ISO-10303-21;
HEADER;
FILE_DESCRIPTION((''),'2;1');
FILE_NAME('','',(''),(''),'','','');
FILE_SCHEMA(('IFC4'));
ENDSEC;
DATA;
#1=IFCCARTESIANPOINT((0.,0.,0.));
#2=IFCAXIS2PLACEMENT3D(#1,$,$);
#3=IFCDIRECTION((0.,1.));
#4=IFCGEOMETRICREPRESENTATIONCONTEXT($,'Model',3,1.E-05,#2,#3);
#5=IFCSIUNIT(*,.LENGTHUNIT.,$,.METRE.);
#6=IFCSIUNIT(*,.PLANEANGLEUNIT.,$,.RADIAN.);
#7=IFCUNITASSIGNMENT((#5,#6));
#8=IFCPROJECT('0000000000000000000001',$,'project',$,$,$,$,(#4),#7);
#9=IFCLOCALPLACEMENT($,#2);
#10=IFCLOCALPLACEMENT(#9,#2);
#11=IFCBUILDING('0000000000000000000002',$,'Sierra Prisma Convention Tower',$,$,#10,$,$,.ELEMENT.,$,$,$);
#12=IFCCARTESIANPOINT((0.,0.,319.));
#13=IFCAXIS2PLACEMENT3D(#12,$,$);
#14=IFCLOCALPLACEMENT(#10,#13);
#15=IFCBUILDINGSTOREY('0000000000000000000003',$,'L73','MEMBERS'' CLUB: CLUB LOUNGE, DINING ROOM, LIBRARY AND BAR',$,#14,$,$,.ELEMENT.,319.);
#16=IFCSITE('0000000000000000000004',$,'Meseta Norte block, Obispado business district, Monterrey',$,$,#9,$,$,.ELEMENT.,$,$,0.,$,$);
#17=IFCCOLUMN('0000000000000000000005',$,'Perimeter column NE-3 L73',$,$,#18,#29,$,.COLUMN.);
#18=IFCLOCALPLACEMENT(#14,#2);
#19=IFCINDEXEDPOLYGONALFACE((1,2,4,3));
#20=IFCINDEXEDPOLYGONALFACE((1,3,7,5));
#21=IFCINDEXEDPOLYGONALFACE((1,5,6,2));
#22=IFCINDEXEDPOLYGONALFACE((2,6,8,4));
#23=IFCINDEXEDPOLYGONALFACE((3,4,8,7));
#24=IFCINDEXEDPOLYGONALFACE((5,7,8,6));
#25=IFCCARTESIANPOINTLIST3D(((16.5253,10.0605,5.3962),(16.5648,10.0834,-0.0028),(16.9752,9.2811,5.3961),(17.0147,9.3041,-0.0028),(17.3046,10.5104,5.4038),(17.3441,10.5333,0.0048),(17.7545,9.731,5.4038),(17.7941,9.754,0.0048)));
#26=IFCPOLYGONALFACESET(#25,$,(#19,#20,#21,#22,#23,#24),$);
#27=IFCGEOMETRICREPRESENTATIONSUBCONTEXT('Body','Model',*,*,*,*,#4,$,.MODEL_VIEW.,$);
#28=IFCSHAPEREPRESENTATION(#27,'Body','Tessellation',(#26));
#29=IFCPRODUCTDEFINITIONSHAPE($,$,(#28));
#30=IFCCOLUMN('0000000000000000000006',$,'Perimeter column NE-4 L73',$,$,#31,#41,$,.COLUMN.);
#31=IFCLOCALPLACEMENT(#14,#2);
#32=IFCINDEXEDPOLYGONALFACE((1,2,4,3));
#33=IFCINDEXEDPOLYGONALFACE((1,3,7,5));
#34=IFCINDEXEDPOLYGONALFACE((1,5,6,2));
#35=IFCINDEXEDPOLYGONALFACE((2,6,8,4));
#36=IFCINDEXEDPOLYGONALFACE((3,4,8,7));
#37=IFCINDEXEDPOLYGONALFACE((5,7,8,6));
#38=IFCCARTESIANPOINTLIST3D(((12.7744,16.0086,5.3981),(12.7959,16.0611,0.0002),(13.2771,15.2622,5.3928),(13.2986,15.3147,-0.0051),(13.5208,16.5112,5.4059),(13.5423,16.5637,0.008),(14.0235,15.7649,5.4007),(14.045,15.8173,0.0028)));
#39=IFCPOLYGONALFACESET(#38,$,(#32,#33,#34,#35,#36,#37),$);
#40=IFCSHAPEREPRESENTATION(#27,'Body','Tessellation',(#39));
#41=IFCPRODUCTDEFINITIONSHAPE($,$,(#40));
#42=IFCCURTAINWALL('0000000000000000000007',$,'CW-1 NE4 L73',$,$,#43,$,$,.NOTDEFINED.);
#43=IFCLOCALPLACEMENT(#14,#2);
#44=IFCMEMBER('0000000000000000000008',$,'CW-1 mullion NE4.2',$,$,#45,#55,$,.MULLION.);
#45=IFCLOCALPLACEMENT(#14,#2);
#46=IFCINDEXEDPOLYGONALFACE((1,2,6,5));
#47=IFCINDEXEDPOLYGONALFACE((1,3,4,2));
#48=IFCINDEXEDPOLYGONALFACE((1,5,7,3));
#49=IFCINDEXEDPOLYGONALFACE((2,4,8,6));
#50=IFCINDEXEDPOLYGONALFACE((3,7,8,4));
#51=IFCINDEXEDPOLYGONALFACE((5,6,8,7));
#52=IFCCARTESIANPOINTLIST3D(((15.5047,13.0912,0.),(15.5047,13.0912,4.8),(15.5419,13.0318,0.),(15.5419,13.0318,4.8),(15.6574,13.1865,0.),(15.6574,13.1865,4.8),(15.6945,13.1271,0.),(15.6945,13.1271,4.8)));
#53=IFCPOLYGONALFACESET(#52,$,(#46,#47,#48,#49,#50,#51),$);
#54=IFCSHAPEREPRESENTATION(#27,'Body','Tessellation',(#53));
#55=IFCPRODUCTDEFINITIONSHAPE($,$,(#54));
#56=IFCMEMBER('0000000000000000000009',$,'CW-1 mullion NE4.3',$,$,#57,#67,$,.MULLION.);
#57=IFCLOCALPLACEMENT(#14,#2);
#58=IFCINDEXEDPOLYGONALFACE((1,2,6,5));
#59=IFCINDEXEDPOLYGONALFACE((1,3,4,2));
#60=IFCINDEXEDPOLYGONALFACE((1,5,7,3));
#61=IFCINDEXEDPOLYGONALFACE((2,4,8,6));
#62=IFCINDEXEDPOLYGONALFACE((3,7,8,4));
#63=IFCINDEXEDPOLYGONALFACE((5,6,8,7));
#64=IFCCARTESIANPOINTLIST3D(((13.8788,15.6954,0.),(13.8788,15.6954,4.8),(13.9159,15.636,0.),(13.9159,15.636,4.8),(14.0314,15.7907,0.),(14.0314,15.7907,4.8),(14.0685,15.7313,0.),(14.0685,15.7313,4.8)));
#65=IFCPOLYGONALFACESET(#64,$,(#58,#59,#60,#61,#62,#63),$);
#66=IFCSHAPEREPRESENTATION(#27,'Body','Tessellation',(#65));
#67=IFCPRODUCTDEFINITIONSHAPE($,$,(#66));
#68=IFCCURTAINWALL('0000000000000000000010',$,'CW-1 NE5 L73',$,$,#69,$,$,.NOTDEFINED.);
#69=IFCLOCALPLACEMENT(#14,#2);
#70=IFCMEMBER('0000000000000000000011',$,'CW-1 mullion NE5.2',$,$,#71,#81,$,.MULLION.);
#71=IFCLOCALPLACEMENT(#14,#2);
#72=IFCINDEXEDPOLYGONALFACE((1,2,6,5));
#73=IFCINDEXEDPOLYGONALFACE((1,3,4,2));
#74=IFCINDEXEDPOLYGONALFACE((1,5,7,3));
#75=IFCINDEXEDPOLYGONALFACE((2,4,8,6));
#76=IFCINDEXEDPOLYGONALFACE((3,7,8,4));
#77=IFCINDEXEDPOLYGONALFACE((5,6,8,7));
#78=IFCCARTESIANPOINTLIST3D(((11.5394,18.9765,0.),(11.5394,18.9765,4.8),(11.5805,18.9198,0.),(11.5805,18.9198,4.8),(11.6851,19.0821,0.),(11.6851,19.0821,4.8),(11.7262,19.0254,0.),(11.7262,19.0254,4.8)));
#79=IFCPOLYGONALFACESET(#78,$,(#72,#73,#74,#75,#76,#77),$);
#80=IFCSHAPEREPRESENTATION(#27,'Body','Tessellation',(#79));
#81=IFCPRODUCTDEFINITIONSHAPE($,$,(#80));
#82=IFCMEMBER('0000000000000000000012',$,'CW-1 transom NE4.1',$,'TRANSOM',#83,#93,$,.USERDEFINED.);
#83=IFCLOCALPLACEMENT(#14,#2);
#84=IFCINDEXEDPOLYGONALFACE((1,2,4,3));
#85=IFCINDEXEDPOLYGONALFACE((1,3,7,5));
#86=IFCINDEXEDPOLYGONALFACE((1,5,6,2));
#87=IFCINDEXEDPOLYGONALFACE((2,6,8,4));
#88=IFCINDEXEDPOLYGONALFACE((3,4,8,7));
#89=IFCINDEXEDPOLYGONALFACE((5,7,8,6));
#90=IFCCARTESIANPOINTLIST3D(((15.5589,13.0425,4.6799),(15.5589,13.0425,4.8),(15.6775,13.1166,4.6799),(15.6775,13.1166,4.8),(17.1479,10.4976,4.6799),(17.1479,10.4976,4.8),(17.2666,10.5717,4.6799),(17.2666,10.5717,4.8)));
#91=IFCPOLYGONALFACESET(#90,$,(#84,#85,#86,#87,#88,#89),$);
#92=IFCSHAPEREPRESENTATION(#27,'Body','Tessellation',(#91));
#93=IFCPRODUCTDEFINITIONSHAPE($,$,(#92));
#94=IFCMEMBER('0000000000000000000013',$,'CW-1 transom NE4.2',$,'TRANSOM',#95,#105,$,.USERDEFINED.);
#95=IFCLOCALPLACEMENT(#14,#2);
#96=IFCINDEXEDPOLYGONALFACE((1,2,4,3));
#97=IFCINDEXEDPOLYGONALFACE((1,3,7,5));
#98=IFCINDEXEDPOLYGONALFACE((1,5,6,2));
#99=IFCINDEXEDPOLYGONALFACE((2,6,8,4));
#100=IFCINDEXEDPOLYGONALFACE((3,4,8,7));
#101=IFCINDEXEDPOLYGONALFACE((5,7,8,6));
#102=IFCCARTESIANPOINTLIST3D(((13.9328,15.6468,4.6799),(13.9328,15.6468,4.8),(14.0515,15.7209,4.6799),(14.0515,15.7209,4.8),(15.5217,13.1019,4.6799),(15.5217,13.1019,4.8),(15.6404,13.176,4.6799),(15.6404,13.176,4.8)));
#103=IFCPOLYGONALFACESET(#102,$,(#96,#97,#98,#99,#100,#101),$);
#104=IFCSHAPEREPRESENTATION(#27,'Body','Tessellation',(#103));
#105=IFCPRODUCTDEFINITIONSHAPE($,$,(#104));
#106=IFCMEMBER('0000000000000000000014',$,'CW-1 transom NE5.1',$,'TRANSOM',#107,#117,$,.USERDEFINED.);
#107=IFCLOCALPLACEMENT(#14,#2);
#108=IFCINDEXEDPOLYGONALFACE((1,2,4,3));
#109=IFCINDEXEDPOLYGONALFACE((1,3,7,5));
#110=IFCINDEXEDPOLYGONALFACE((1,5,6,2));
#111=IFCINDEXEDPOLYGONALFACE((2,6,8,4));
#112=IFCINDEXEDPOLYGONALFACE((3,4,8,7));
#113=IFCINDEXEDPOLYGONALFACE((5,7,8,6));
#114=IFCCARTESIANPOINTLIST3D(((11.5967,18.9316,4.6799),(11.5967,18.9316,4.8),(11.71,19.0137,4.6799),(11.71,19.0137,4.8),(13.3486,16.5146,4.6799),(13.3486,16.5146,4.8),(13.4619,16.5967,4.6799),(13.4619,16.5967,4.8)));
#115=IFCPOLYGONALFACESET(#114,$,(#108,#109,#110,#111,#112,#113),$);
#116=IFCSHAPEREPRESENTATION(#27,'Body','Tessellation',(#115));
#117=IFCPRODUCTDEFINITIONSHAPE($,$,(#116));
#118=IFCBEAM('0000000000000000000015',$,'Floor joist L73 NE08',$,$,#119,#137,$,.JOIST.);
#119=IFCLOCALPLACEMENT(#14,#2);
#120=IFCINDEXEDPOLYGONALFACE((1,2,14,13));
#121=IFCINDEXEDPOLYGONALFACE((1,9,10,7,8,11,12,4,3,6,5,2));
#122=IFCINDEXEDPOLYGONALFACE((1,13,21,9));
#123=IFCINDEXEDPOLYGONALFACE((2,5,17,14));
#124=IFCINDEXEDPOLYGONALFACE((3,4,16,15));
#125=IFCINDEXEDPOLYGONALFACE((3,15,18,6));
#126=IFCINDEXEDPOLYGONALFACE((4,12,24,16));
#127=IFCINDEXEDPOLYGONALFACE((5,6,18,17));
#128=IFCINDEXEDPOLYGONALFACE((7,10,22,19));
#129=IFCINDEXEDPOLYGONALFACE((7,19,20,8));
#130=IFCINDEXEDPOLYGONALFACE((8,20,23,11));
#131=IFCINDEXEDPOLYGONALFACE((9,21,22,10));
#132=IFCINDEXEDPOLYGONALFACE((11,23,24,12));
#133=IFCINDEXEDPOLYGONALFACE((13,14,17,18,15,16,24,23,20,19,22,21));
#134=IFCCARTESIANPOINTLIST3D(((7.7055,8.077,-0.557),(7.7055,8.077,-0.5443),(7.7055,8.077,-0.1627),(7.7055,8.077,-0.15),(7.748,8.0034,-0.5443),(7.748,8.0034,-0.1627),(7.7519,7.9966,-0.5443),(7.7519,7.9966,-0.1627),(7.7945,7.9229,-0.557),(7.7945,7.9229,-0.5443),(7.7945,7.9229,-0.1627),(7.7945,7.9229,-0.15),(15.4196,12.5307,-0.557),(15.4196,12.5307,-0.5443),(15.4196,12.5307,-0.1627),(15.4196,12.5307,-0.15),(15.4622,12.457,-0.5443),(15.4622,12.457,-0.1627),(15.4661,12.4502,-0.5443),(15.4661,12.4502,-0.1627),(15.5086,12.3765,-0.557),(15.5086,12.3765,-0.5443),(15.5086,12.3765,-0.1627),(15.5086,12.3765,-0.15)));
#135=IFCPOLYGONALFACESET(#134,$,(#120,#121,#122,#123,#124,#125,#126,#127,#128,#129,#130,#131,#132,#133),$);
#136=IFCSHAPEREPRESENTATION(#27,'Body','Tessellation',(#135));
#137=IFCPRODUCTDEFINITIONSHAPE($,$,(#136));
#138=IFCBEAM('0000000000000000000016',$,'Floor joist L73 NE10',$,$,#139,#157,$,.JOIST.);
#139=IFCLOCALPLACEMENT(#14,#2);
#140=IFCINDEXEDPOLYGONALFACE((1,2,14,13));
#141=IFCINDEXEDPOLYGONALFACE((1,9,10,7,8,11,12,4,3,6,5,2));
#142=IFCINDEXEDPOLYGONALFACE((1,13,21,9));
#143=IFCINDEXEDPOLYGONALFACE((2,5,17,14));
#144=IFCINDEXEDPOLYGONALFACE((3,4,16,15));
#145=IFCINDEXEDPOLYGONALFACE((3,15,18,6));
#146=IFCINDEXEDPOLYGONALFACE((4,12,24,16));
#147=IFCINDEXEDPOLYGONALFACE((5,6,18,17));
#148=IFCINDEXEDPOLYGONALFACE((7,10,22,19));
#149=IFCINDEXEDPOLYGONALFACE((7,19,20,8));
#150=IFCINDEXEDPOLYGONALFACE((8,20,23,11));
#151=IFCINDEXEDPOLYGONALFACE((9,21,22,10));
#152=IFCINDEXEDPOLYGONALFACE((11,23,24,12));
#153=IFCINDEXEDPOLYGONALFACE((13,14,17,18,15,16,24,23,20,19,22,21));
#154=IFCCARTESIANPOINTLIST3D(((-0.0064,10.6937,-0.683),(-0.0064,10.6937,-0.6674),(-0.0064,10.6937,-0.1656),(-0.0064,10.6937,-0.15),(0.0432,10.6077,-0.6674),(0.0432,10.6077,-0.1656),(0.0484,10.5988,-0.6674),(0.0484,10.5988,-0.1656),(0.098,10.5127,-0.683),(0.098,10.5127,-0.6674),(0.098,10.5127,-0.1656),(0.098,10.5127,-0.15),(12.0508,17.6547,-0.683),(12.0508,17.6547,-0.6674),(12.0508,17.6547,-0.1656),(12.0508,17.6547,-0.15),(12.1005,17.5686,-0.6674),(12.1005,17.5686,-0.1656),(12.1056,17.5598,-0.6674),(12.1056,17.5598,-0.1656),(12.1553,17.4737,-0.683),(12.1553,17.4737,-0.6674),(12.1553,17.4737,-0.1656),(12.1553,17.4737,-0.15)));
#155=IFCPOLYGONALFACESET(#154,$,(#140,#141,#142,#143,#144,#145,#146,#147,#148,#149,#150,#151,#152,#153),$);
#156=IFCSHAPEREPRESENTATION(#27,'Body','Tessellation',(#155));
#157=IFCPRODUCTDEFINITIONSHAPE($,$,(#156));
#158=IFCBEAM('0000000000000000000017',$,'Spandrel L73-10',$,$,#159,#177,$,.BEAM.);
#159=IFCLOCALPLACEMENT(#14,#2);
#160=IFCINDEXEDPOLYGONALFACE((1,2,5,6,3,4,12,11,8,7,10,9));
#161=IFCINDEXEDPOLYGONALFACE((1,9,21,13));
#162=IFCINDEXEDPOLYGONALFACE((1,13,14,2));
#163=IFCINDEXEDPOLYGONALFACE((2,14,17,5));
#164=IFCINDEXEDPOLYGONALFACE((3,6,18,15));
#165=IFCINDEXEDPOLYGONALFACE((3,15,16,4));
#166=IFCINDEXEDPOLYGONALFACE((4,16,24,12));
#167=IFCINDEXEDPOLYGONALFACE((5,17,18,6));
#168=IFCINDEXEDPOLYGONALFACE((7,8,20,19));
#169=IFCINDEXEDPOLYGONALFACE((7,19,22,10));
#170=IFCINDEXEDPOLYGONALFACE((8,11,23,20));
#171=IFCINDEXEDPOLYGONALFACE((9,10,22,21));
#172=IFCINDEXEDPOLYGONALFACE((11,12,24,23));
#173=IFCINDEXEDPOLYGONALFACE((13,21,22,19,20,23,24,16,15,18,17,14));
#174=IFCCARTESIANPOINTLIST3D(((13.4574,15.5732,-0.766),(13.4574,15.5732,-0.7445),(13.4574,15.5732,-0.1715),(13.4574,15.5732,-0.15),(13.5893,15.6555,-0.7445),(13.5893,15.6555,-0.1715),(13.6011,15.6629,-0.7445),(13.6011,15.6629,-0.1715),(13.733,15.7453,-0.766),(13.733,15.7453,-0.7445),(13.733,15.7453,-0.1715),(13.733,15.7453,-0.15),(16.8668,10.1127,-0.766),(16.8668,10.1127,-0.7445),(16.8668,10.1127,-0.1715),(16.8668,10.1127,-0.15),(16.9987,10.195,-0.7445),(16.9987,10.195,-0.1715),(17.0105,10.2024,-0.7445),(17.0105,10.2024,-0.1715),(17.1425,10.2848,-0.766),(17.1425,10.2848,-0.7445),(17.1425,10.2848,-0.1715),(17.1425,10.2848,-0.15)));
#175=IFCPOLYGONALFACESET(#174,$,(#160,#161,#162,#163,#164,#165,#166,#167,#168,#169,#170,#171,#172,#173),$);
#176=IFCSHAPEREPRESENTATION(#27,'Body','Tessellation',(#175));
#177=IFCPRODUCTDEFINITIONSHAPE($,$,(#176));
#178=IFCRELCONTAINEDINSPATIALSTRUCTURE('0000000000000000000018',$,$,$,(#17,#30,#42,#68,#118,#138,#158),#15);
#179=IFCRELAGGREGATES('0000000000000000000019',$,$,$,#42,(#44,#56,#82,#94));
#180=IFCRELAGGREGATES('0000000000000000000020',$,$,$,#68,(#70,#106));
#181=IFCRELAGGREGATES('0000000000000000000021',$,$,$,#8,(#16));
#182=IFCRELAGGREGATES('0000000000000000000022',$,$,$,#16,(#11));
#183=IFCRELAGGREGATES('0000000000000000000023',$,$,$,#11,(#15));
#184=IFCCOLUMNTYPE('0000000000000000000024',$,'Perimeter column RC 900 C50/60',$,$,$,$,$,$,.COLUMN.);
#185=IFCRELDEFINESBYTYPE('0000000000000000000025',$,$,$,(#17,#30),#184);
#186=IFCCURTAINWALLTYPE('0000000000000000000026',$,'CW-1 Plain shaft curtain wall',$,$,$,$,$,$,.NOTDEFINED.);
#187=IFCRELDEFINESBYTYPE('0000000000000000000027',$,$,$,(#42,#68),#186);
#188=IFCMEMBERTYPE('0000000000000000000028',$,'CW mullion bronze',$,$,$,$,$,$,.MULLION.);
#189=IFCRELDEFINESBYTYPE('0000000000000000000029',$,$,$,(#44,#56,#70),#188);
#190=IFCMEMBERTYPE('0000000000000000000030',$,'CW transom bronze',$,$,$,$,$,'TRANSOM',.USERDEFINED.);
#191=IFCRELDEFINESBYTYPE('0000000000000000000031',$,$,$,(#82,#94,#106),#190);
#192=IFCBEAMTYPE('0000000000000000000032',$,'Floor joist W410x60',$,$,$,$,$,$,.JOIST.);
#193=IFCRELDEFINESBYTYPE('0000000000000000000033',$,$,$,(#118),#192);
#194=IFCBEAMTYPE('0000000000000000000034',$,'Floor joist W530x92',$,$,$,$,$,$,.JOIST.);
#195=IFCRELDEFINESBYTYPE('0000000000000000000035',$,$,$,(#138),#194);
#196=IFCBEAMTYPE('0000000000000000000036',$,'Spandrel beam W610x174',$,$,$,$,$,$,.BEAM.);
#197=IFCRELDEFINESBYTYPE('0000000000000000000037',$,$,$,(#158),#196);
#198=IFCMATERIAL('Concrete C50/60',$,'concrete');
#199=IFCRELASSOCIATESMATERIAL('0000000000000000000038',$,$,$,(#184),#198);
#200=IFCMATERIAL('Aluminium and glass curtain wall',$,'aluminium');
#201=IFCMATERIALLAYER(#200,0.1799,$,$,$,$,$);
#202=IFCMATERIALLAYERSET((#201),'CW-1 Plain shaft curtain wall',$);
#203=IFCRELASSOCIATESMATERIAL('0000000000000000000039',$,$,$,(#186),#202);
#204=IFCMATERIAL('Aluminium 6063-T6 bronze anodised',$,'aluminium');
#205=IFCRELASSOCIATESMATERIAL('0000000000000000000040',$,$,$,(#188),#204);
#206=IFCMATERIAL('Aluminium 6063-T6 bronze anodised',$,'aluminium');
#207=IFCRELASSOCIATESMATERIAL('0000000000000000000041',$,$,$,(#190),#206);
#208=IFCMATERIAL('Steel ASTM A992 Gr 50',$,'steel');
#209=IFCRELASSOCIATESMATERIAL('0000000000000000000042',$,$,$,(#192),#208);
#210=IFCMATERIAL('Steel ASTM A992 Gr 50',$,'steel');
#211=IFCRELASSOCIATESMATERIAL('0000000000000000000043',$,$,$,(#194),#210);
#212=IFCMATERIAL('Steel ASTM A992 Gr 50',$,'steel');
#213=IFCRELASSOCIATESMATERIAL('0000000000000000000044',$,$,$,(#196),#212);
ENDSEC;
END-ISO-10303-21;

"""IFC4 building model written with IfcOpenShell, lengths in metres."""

from ifc_helpers import new_model, si_unit, direction, frame, origin, origin_2d, place, context, subcontext, project, spatial, rectangle, i_section, extrude, clip, halfspace, material, layer, layer_set, material_profile, profile_set, type_object, element, aggregate, save


model = new_model("IFC4")

# Units and contexts
model_context = context("Model", 3, precision=1e-05, world=origin(), true_north=direction((0.0, 1.0)))
body_context = subcontext(model_context, "Body", "Model", "MODEL_VIEW")
ifc_project = project(units=[si_unit("LENGTHUNIT", "METRE"), si_unit("PLANEANGLEUNIT", "RADIAN")], contexts=[model_context])

# Site, building, storey
site_placement = place(None, origin())
site = spatial("IfcSite", under=ifc_project, at=site_placement, Name="Meseta Norte block, Obispado business district, Monterrey", CompositionType="ELEMENT", RefElevation=0.0)
building_placement = place(site_placement, origin())
building = spatial("IfcBuilding", under=site, at=building_placement, Name="Sierra Prisma Convention Tower", CompositionType="ELEMENT")
storey_placement = place(building_placement, frame((0.0, 0.0, 319.0)))
storey = spatial("IfcBuildingStorey", under=building, at=storey_placement, Name="L73", Description="MEMBERS' CLUB: CLUB LOUNGE, DINING ROOM, LIBRARY AND BAR", CompositionType="ELEMENT", Elevation=319.0)

# Columns
ifc_material_1 = material(Name="Concrete C50/60", Category="concrete")
ifc_material_profile_1 = material_profile(ifc_material_1, rectangle(XDim=0.8999, YDim=0.8999, at=origin_2d()), Name="Perimeter column RC 900 C50/60")
ifc_profile_set_1 = profile_set([ifc_material_profile_1], Name="Concrete C50/60")
column_type = type_object("IfcColumnType", Name="Perimeter column RC 900 C50/60", PredefinedType="COLUMN", material=ifc_profile_set_1)
column_1_placement = place(storey_placement, frame((17.1794, 9.9187, 0.0), z_axis=(-0.007324, -0.00425, 0.999964), x_axis=(-0.499987, 0.866033, 0.000019)))
element("IfcColumn", 1, at=column_1_placement, inside=storey, type_object=column_type, Name="Perimeter column NE-3 L73", PredefinedType="COLUMN", context=body_context, shape_type="SweptSolid", body=[
    clip(extrude(rectangle(XDim=0.8999, YDim=0.8999, at=origin_2d()), origin(), (0.0, 0.0, 1.0), 5.4001), halfspace(frame((0.0, 0.0, 0.001)), True)),
])
column_2_placement = place(storey_placement, frame((13.4204, 15.9392, 0.0), z_axis=(-0.003978, -0.00972, 0.999945), x_axis=(-0.55861, 0.82941, 0.00584)))
element("IfcColumn", 2, at=column_2_placement, inside=storey, type_object=column_type, Name="Perimeter column NE-4 L73", PredefinedType="COLUMN", context=body_context, shape_type="SweptSolid", body=[
    clip(clip(extrude(rectangle(XDim=0.8999, YDim=0.8999, at=origin_2d()), origin(), (0.0, 0.0, 1.0), 5.4001), halfspace(frame((0.0, 0.0, 0.0015)), True)), halfspace(frame((0.0, 0.0, 5.3997)), False)),
])

# Curtain wall, members
ifc_material_2 = material(Name="Aluminium and glass curtain wall", Category="aluminium")
ifc_layer_1 = layer(ifc_material_2, 0.1799)
ifc_layer_set_1 = layer_set([ifc_layer_1], Name="CW-1 Plain shaft curtain wall")
curtain_wall_type = type_object("IfcCurtainWallType", Name="CW-1 Plain shaft curtain wall", PredefinedType="NOTDEFINED", material=ifc_layer_set_1)
curtain_wall_1_placement = place(storey_placement, origin())
curtain_wall_1 = element("IfcCurtainWall", 3, at=curtain_wall_1_placement, inside=storey, type_object=curtain_wall_type, Name="CW-1 NE4 L73", PredefinedType="NOTDEFINED")
ifc_material_3 = material(Name="Aluminium 6063-T6 bronze anodised", Category="aluminium")
ifc_material_profile_2 = material_profile(ifc_material_3, rectangle(XDim=0.1799, YDim=0.0701, at=origin_2d()), Name="ALU MULLION 70x180")
ifc_profile_set_2 = profile_set([ifc_material_profile_2], Name="Aluminium 6063-T6 bronze anodised")
member_type_1 = type_object("IfcMemberType", Name="CW mullion bronze", PredefinedType="MULLION", material=ifc_profile_set_2)
member_1_placement = place(storey_placement, frame((15.5996, 13.1091, 0.0), z_axis=(0.0, 0.0, 1.0), x_axis=(-0.848233, -0.529623, 0.0)))
member_1 = element("IfcMember", 4, at=member_1_placement, type_object=member_type_1, Name="CW-1 mullion NE4.2", PredefinedType="MULLION", context=body_context, shape_type="SweptSolid", body=[
    extrude(rectangle(XDim=0.1799, YDim=0.0701, at=origin_2d()), origin(), (0.0, 0.0, 1.0), 4.8),
])
member_2_placement = place(storey_placement, frame((13.9736, 15.7134, 0.0), z_axis=(0.0, 0.0, 1.0), x_axis=(-0.848233, -0.529623, 0.0)))
member_2 = element("IfcMember", 5, at=member_2_placement, type_object=member_type_1, Name="CW-1 mullion NE4.3", PredefinedType="MULLION", context=body_context, shape_type="SweptSolid", body=[
    extrude(rectangle(XDim=0.1799, YDim=0.0701, at=origin_2d()), origin(), (0.0, 0.0, 1.0), 4.8),
])

# Curtain wall, member
curtain_wall_2_placement = place(storey_placement, origin())
curtain_wall_2 = element("IfcCurtainWall", 6, at=curtain_wall_2_placement, inside=storey, type_object=curtain_wall_type, Name="CW-1 NE5 L73", PredefinedType="NOTDEFINED")
member_3_placement = place(storey_placement, frame((11.6328, 19.001, 0.0), z_axis=(0.0, 0.0, 1.0), x_axis=(-0.809632, -0.586938, 0.0)))
member_3 = element("IfcMember", 7, at=member_3_placement, type_object=member_type_1, Name="CW-1 mullion NE5.2", PredefinedType="MULLION", context=body_context, shape_type="SweptSolid", body=[
    extrude(rectangle(XDim=0.1799, YDim=0.0701, at=origin_2d()), origin(), (0.0, 0.0, 1.0), 4.8),
])

# Members
ifc_material_4 = material(Name="Aluminium 6063-T6 bronze anodised", Category="aluminium")
ifc_material_profile_3 = material_profile(ifc_material_4, rectangle(XDim=0.1399, YDim=0.1201, at=origin_2d()), Name="ALU TRANSOM 120x140")
ifc_profile_set_3 = profile_set([ifc_material_profile_3], Name="Aluminium 6063-T6 bronze anodised")
member_type_2 = type_object("IfcMemberType", Name="CW transom bronze", ElementType="TRANSOM", PredefinedType="USERDEFINED", material=ifc_profile_set_3)
member_4_placement = place(storey_placement, frame((17.2073, 10.5347, 4.74), z_axis=(-0.529648, 0.848218, 0.0), x_axis=(-0.848218, -0.529648, 0.0)))
member_4 = element("IfcMember", 8, at=member_4_placement, type_object=member_type_2, Name="CW-1 transom NE4.1", ObjectType="TRANSOM", PredefinedType="USERDEFINED", context=body_context, shape_type="SweptSolid", body=[
    extrude(rectangle(XDim=0.1399, YDim=0.1201, at=origin_2d()), origin(), (0.0, 0.0, 1.0), 3.0002),
])
member_5_placement = place(storey_placement, frame((15.5811, 13.1389, 4.74), z_axis=(-0.529589, 0.848254, 0.0), x_axis=(-0.848254, -0.529589, 0.0)))
member_5 = element("IfcMember", 9, at=member_5_placement, type_object=member_type_2, Name="CW-1 transom NE4.2", ObjectType="TRANSOM", PredefinedType="USERDEFINED", context=body_context, shape_type="SweptSolid", body=[
    extrude(rectangle(XDim=0.1399, YDim=0.1201, at=origin_2d()), origin(), (0.0, 0.0, 1.0), 3.0002),
])
member_6_placement = place(storey_placement, frame((13.4053, 16.5557, 4.74), z_axis=(-0.586887, 0.809669, 0.0), x_axis=(-0.809669, -0.586887, 0.0)))
member_6 = element("IfcMember", 10, at=member_6_placement, type_object=member_type_2, Name="CW-1 transom NE5.1", ObjectType="TRANSOM", PredefinedType="USERDEFINED", context=body_context, shape_type="SweptSolid", body=[
    extrude(rectangle(XDim=0.1399, YDim=0.1201, at=origin_2d()), origin(), (0.0, 0.0, 1.0), 2.9851),
])

# Beams
ifc_material_5 = material(Name="Steel ASTM A992 Gr 50", Category="steel")
ifc_material_profile_4 = material_profile(ifc_material_5, i_section(OverallWidth=0.178, OverallDepth=0.407, WebThickness=0.0078, FlangeThickness=0.0127, at=origin_2d()), Name="W410x60")
ifc_profile_set_4 = profile_set([ifc_material_profile_4], Name="Steel ASTM A992 Gr 50")
beam_type_1 = type_object("IfcBeamType", Name="Floor joist W410x60", PredefinedType="JOIST", material=ifc_profile_set_4)
beam_1_placement = place(storey_placement, frame((15.4641, 12.4536, -0.3535), z_axis=(-0.866032, -0.499989, 0.0), x_axis=(0.499989, -0.866032, 0.0)))
element("IfcBeam", 11, at=beam_1_placement, inside=storey, type_object=beam_type_1, Name="Floor joist L73 NE08", PredefinedType="JOIST", context=body_context, shape_type="SweptSolid", body=[
    extrude(i_section(OverallWidth=0.178, OverallDepth=0.407, WebThickness=0.0078, FlangeThickness=0.0127, at=origin_2d()), origin(), (0.0, 0.0, 1.0), 8.9075),
])
ifc_material_6 = material(Name="Steel ASTM A992 Gr 50", Category="steel")
ifc_material_profile_5 = material_profile(ifc_material_6, i_section(OverallWidth=0.209, OverallDepth=0.533, WebThickness=0.0103, FlangeThickness=0.0156, at=origin_2d()), Name="W530x92")
ifc_profile_set_5 = profile_set([ifc_material_profile_5], Name="Steel ASTM A992 Gr 50")
beam_type_2 = type_object("IfcBeamType", Name="Floor joist W530x92", PredefinedType="JOIST", material=ifc_profile_set_5)
beam_2_placement = place(storey_placement, frame((12.103, 17.5642, -0.4165), z_axis=(-0.866033, -0.499987, 0.0), x_axis=(0.499987, -0.866033, 0.0)))
element("IfcBeam", 12, at=beam_2_placement, inside=storey, type_object=beam_type_2, Name="Floor joist L73 NE10", PredefinedType="JOIST", context=body_context, shape_type="SweptSolid", body=[
    extrude(i_section(OverallWidth=0.209, OverallDepth=0.533, WebThickness=0.0103, FlangeThickness=0.0156, at=origin_2d()), origin(), (0.0, 0.0, 1.0), 13.9224),
])
ifc_material_7 = material(Name="Steel ASTM A992 Gr 50", Category="steel")
ifc_material_profile_6 = material_profile(ifc_material_7, i_section(OverallWidth=0.325, OverallDepth=0.616, WebThickness=0.0139, FlangeThickness=0.0215, at=origin_2d()), Name="W610x174")
ifc_profile_set_6 = profile_set([ifc_material_profile_6], Name="Steel ASTM A992 Gr 50")
beam_type_3 = type_object("IfcBeamType", Name="Spandrel beam W610x174", PredefinedType="BEAM", material=ifc_profile_set_6)
beam_3_placement = place(storey_placement, frame((17.0046, 10.1987, -0.458), z_axis=(-0.529624, 0.848233, 0.0), x_axis=(-0.848233, -0.529624, 0.0)))
element("IfcBeam", 13, at=beam_3_placement, inside=storey, type_object=beam_type_3, Name="Spandrel L73-10", PredefinedType="BEAM", context=body_context, shape_type="SweptSolid", body=[
    extrude(i_section(OverallWidth=0.325, OverallDepth=0.616, WebThickness=0.0139, FlangeThickness=0.0215, at=origin_2d()), origin(), (0.0, 0.0, 1.0), 6.4375),
])

aggregate(curtain_wall_1, [member_1, member_2, member_4, member_5])
aggregate(curtain_wall_2, [member_3, member_6])

save(model, "model.ifc")
